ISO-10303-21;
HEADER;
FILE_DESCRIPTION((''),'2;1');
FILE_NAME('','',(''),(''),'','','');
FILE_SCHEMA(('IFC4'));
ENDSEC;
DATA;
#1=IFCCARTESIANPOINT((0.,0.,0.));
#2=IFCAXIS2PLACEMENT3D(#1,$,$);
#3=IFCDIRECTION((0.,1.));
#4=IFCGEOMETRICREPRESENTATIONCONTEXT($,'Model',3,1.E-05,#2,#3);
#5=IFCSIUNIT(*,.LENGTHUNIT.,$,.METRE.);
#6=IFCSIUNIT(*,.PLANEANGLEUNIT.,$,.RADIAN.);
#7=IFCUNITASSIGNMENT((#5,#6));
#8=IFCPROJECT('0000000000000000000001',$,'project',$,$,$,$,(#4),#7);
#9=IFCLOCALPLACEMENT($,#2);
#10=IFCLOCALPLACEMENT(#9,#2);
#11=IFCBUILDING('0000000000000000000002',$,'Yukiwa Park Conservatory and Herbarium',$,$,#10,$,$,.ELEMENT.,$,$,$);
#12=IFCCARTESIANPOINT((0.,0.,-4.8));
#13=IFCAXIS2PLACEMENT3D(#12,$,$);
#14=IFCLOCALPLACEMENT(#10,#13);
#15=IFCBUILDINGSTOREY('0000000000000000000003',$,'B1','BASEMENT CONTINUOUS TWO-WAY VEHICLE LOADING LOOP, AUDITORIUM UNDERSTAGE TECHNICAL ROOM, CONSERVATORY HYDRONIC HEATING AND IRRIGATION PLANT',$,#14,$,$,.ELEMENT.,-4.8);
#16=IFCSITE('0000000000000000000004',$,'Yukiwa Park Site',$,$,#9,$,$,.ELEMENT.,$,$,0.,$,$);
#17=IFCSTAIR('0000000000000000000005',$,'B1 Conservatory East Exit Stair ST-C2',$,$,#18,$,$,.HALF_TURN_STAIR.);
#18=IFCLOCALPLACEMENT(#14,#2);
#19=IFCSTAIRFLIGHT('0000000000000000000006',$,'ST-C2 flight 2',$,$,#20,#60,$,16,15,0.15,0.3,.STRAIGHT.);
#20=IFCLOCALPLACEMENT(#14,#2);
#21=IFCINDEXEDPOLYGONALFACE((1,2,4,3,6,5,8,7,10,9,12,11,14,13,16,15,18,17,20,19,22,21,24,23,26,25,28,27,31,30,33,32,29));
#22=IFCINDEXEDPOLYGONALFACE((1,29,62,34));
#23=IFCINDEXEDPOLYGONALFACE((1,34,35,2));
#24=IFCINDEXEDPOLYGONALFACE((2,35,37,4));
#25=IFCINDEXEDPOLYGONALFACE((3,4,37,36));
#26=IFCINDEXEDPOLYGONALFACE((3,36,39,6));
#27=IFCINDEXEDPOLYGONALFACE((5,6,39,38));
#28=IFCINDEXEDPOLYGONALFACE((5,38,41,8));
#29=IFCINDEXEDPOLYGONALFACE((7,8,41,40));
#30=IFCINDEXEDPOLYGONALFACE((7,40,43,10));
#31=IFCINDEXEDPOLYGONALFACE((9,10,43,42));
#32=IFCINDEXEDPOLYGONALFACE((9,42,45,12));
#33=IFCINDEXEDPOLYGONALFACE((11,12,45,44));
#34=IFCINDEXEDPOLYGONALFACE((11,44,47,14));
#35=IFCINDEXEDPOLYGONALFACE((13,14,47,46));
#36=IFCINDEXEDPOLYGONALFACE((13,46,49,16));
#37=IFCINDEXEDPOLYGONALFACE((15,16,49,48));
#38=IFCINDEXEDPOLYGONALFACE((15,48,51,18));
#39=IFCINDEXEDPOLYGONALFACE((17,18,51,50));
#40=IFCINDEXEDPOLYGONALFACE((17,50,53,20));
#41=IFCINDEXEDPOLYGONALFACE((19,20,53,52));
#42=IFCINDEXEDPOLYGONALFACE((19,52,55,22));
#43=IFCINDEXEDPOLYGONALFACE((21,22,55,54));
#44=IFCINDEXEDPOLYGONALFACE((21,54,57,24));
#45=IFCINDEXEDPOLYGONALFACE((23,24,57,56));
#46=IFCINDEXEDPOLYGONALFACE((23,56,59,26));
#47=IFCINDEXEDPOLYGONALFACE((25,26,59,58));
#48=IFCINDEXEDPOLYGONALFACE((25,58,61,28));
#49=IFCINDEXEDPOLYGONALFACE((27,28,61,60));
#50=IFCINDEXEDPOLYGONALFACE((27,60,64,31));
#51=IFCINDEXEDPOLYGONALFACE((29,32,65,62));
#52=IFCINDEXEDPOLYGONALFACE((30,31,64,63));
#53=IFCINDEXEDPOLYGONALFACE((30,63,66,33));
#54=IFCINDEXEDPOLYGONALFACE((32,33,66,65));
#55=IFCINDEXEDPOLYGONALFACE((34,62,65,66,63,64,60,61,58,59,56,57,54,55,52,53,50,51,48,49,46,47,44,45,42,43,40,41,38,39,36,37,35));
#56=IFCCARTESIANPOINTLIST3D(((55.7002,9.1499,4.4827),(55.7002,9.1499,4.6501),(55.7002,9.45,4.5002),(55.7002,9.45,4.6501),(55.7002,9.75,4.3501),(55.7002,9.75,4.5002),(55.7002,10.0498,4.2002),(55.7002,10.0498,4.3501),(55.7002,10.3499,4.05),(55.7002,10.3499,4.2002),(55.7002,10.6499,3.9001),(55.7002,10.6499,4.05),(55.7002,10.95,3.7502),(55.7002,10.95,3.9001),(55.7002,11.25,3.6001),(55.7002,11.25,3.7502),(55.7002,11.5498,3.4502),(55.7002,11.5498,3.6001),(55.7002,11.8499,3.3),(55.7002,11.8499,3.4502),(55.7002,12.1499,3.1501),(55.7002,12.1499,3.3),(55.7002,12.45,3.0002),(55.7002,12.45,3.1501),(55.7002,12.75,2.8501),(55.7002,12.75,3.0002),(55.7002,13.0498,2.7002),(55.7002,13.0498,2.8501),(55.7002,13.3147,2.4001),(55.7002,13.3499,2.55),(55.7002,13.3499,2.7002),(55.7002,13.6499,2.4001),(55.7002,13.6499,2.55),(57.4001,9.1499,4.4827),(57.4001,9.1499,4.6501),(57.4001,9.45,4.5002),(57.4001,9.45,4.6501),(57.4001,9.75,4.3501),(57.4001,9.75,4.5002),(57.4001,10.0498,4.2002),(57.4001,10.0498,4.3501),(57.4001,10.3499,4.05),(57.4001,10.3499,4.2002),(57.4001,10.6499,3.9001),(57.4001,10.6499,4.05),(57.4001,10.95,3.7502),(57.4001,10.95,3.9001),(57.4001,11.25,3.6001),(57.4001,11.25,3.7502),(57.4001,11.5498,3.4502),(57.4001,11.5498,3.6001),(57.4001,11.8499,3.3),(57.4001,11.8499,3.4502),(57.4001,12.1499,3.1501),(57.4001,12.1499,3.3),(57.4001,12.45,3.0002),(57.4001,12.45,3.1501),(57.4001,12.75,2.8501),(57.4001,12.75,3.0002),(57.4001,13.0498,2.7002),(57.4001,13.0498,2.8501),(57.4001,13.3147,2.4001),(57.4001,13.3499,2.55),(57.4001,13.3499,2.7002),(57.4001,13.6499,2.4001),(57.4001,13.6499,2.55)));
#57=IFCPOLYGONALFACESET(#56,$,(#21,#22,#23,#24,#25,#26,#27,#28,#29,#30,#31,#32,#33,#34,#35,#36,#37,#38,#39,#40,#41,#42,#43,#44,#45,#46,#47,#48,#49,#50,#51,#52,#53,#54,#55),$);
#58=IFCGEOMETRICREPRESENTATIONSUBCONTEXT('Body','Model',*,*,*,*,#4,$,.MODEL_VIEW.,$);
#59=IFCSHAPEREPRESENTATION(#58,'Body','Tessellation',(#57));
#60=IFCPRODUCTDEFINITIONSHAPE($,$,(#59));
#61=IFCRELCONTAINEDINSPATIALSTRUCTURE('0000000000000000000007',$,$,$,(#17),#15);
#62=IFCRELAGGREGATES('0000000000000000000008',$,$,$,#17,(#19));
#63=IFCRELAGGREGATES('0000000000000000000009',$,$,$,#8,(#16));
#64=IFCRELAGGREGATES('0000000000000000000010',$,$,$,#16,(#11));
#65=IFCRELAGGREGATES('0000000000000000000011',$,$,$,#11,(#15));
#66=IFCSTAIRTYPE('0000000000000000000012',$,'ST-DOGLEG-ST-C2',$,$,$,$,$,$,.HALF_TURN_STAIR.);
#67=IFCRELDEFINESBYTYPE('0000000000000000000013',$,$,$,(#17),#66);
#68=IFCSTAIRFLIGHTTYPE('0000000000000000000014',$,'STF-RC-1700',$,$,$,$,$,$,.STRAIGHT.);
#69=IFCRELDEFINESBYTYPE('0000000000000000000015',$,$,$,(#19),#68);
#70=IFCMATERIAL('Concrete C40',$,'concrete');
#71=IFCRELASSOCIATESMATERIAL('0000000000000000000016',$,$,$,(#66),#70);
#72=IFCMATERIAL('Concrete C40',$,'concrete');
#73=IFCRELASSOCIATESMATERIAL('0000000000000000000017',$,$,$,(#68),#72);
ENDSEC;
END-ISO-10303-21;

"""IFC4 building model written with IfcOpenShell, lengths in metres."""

from ifc_helpers import new_model, si_unit, direction, frame, origin, place, context, subcontext, project, spatial, polyline, outline, extrude, material, type_object, element, aggregate, save


model = new_model("IFC4")

# Units and contexts
model_context = context("Model", 3, precision=1e-05, world=origin(), true_north=direction((0.0, 1.0)))
body_context = subcontext(model_context, "Body", "Model", "MODEL_VIEW")
ifc_project = project(units=[si_unit("LENGTHUNIT", "METRE"), si_unit("PLANEANGLEUNIT", "RADIAN")], contexts=[model_context])

# Site, building, storey
site_placement = place(None, origin())
site = spatial("IfcSite", under=ifc_project, at=site_placement, Name="Yukiwa Park Site", CompositionType="ELEMENT", RefElevation=0.0)
building_placement = place(site_placement, origin())
building = spatial("IfcBuilding", under=site, at=building_placement, Name="Yukiwa Park Conservatory and Herbarium", CompositionType="ELEMENT")
storey_placement = place(building_placement, frame((0.0, 0.0, -4.8)))
storey = spatial("IfcBuildingStorey", under=building, at=storey_placement, Name="B1", Description="BASEMENT CONTINUOUS TWO-WAY VEHICLE LOADING LOOP, AUDITORIUM UNDERSTAGE TECHNICAL ROOM, CONSERVATORY HYDRONIC HEATING AND IRRIGATION PLANT", CompositionType="ELEMENT", Elevation=-4.8)

# Stair, stair flight
ifc_material_1 = material(Name="Concrete C40", Category="concrete")
stair_type = type_object("IfcStairType", Name="ST-DOGLEG-ST-C2", PredefinedType="HALF_TURN_STAIR", material=ifc_material_1)
stair_placement = place(storey_placement, origin())
stair = element("IfcStair", 1, at=stair_placement, inside=storey, type_object=stair_type, Name="B1 Conservatory East Exit Stair ST-C2", PredefinedType="HALF_TURN_STAIR")
ifc_material_2 = material(Name="Concrete C40", Category="concrete")
stair_flight_type = type_object("IfcStairFlightType", Name="STF-RC-1700", PredefinedType="STRAIGHT", material=ifc_material_2)
stair_flight_1_placement = place(storey_placement, frame((56.55, 13.6499, 2.4001), z_axis=(0.0, 0.0, 1.0), x_axis=(0.0, -1.0, 0.0)))
stair_flight_1 = element("IfcStairFlight", 2, at=stair_flight_1_placement, type_object=stair_flight_type, Name="ST-C2 flight 2", NumberOfRisers=16, NumberOfTreads=15, PredefinedType="STRAIGHT", RiserHeight=0.15, TreadLength=0.3, context=body_context, shape_type="SweptSolid", body=[
    extrude(outline(polyline([(0.0, 0.0), (0.0, 0.1499), (0.3, 0.1499), (0.3, 0.3), (0.6001, 0.3), (0.6001, 0.45), (0.8999, 0.45), (0.8999, 0.6001), (1.2, 0.6001), (1.2, 0.75), (1.5, 0.75), (1.5, 0.8999), (1.8, 0.8999), (1.8, 1.05), (2.1001, 1.05), (2.1001, 1.2), (2.3999, 1.2), (2.3999, 1.3501), (2.7, 1.3501), (2.7, 1.5), (3.0, 1.5), (3.0, 1.6499), (3.3, 1.6499), (3.3, 1.8), (3.6001, 1.8), (3.6001, 1.95), (3.8999, 1.95), (3.8999, 2.1001), (4.2, 2.1001), (4.2, 2.25), (4.5, 2.25), (4.5, 2.3999), (4.5, 2.0825), (0.3352, 0.0), (0.0, 0.0)])), frame((0.0, 0.8501, 0.0), z_axis=(0.0, -1.0, 0.0), x_axis=(1.0, 0.0, 0.0)), (0.0, 0.0, 1.0), 1.7),
])
aggregate(stair, [stair_flight_1])

save(model, "model.ifc")
